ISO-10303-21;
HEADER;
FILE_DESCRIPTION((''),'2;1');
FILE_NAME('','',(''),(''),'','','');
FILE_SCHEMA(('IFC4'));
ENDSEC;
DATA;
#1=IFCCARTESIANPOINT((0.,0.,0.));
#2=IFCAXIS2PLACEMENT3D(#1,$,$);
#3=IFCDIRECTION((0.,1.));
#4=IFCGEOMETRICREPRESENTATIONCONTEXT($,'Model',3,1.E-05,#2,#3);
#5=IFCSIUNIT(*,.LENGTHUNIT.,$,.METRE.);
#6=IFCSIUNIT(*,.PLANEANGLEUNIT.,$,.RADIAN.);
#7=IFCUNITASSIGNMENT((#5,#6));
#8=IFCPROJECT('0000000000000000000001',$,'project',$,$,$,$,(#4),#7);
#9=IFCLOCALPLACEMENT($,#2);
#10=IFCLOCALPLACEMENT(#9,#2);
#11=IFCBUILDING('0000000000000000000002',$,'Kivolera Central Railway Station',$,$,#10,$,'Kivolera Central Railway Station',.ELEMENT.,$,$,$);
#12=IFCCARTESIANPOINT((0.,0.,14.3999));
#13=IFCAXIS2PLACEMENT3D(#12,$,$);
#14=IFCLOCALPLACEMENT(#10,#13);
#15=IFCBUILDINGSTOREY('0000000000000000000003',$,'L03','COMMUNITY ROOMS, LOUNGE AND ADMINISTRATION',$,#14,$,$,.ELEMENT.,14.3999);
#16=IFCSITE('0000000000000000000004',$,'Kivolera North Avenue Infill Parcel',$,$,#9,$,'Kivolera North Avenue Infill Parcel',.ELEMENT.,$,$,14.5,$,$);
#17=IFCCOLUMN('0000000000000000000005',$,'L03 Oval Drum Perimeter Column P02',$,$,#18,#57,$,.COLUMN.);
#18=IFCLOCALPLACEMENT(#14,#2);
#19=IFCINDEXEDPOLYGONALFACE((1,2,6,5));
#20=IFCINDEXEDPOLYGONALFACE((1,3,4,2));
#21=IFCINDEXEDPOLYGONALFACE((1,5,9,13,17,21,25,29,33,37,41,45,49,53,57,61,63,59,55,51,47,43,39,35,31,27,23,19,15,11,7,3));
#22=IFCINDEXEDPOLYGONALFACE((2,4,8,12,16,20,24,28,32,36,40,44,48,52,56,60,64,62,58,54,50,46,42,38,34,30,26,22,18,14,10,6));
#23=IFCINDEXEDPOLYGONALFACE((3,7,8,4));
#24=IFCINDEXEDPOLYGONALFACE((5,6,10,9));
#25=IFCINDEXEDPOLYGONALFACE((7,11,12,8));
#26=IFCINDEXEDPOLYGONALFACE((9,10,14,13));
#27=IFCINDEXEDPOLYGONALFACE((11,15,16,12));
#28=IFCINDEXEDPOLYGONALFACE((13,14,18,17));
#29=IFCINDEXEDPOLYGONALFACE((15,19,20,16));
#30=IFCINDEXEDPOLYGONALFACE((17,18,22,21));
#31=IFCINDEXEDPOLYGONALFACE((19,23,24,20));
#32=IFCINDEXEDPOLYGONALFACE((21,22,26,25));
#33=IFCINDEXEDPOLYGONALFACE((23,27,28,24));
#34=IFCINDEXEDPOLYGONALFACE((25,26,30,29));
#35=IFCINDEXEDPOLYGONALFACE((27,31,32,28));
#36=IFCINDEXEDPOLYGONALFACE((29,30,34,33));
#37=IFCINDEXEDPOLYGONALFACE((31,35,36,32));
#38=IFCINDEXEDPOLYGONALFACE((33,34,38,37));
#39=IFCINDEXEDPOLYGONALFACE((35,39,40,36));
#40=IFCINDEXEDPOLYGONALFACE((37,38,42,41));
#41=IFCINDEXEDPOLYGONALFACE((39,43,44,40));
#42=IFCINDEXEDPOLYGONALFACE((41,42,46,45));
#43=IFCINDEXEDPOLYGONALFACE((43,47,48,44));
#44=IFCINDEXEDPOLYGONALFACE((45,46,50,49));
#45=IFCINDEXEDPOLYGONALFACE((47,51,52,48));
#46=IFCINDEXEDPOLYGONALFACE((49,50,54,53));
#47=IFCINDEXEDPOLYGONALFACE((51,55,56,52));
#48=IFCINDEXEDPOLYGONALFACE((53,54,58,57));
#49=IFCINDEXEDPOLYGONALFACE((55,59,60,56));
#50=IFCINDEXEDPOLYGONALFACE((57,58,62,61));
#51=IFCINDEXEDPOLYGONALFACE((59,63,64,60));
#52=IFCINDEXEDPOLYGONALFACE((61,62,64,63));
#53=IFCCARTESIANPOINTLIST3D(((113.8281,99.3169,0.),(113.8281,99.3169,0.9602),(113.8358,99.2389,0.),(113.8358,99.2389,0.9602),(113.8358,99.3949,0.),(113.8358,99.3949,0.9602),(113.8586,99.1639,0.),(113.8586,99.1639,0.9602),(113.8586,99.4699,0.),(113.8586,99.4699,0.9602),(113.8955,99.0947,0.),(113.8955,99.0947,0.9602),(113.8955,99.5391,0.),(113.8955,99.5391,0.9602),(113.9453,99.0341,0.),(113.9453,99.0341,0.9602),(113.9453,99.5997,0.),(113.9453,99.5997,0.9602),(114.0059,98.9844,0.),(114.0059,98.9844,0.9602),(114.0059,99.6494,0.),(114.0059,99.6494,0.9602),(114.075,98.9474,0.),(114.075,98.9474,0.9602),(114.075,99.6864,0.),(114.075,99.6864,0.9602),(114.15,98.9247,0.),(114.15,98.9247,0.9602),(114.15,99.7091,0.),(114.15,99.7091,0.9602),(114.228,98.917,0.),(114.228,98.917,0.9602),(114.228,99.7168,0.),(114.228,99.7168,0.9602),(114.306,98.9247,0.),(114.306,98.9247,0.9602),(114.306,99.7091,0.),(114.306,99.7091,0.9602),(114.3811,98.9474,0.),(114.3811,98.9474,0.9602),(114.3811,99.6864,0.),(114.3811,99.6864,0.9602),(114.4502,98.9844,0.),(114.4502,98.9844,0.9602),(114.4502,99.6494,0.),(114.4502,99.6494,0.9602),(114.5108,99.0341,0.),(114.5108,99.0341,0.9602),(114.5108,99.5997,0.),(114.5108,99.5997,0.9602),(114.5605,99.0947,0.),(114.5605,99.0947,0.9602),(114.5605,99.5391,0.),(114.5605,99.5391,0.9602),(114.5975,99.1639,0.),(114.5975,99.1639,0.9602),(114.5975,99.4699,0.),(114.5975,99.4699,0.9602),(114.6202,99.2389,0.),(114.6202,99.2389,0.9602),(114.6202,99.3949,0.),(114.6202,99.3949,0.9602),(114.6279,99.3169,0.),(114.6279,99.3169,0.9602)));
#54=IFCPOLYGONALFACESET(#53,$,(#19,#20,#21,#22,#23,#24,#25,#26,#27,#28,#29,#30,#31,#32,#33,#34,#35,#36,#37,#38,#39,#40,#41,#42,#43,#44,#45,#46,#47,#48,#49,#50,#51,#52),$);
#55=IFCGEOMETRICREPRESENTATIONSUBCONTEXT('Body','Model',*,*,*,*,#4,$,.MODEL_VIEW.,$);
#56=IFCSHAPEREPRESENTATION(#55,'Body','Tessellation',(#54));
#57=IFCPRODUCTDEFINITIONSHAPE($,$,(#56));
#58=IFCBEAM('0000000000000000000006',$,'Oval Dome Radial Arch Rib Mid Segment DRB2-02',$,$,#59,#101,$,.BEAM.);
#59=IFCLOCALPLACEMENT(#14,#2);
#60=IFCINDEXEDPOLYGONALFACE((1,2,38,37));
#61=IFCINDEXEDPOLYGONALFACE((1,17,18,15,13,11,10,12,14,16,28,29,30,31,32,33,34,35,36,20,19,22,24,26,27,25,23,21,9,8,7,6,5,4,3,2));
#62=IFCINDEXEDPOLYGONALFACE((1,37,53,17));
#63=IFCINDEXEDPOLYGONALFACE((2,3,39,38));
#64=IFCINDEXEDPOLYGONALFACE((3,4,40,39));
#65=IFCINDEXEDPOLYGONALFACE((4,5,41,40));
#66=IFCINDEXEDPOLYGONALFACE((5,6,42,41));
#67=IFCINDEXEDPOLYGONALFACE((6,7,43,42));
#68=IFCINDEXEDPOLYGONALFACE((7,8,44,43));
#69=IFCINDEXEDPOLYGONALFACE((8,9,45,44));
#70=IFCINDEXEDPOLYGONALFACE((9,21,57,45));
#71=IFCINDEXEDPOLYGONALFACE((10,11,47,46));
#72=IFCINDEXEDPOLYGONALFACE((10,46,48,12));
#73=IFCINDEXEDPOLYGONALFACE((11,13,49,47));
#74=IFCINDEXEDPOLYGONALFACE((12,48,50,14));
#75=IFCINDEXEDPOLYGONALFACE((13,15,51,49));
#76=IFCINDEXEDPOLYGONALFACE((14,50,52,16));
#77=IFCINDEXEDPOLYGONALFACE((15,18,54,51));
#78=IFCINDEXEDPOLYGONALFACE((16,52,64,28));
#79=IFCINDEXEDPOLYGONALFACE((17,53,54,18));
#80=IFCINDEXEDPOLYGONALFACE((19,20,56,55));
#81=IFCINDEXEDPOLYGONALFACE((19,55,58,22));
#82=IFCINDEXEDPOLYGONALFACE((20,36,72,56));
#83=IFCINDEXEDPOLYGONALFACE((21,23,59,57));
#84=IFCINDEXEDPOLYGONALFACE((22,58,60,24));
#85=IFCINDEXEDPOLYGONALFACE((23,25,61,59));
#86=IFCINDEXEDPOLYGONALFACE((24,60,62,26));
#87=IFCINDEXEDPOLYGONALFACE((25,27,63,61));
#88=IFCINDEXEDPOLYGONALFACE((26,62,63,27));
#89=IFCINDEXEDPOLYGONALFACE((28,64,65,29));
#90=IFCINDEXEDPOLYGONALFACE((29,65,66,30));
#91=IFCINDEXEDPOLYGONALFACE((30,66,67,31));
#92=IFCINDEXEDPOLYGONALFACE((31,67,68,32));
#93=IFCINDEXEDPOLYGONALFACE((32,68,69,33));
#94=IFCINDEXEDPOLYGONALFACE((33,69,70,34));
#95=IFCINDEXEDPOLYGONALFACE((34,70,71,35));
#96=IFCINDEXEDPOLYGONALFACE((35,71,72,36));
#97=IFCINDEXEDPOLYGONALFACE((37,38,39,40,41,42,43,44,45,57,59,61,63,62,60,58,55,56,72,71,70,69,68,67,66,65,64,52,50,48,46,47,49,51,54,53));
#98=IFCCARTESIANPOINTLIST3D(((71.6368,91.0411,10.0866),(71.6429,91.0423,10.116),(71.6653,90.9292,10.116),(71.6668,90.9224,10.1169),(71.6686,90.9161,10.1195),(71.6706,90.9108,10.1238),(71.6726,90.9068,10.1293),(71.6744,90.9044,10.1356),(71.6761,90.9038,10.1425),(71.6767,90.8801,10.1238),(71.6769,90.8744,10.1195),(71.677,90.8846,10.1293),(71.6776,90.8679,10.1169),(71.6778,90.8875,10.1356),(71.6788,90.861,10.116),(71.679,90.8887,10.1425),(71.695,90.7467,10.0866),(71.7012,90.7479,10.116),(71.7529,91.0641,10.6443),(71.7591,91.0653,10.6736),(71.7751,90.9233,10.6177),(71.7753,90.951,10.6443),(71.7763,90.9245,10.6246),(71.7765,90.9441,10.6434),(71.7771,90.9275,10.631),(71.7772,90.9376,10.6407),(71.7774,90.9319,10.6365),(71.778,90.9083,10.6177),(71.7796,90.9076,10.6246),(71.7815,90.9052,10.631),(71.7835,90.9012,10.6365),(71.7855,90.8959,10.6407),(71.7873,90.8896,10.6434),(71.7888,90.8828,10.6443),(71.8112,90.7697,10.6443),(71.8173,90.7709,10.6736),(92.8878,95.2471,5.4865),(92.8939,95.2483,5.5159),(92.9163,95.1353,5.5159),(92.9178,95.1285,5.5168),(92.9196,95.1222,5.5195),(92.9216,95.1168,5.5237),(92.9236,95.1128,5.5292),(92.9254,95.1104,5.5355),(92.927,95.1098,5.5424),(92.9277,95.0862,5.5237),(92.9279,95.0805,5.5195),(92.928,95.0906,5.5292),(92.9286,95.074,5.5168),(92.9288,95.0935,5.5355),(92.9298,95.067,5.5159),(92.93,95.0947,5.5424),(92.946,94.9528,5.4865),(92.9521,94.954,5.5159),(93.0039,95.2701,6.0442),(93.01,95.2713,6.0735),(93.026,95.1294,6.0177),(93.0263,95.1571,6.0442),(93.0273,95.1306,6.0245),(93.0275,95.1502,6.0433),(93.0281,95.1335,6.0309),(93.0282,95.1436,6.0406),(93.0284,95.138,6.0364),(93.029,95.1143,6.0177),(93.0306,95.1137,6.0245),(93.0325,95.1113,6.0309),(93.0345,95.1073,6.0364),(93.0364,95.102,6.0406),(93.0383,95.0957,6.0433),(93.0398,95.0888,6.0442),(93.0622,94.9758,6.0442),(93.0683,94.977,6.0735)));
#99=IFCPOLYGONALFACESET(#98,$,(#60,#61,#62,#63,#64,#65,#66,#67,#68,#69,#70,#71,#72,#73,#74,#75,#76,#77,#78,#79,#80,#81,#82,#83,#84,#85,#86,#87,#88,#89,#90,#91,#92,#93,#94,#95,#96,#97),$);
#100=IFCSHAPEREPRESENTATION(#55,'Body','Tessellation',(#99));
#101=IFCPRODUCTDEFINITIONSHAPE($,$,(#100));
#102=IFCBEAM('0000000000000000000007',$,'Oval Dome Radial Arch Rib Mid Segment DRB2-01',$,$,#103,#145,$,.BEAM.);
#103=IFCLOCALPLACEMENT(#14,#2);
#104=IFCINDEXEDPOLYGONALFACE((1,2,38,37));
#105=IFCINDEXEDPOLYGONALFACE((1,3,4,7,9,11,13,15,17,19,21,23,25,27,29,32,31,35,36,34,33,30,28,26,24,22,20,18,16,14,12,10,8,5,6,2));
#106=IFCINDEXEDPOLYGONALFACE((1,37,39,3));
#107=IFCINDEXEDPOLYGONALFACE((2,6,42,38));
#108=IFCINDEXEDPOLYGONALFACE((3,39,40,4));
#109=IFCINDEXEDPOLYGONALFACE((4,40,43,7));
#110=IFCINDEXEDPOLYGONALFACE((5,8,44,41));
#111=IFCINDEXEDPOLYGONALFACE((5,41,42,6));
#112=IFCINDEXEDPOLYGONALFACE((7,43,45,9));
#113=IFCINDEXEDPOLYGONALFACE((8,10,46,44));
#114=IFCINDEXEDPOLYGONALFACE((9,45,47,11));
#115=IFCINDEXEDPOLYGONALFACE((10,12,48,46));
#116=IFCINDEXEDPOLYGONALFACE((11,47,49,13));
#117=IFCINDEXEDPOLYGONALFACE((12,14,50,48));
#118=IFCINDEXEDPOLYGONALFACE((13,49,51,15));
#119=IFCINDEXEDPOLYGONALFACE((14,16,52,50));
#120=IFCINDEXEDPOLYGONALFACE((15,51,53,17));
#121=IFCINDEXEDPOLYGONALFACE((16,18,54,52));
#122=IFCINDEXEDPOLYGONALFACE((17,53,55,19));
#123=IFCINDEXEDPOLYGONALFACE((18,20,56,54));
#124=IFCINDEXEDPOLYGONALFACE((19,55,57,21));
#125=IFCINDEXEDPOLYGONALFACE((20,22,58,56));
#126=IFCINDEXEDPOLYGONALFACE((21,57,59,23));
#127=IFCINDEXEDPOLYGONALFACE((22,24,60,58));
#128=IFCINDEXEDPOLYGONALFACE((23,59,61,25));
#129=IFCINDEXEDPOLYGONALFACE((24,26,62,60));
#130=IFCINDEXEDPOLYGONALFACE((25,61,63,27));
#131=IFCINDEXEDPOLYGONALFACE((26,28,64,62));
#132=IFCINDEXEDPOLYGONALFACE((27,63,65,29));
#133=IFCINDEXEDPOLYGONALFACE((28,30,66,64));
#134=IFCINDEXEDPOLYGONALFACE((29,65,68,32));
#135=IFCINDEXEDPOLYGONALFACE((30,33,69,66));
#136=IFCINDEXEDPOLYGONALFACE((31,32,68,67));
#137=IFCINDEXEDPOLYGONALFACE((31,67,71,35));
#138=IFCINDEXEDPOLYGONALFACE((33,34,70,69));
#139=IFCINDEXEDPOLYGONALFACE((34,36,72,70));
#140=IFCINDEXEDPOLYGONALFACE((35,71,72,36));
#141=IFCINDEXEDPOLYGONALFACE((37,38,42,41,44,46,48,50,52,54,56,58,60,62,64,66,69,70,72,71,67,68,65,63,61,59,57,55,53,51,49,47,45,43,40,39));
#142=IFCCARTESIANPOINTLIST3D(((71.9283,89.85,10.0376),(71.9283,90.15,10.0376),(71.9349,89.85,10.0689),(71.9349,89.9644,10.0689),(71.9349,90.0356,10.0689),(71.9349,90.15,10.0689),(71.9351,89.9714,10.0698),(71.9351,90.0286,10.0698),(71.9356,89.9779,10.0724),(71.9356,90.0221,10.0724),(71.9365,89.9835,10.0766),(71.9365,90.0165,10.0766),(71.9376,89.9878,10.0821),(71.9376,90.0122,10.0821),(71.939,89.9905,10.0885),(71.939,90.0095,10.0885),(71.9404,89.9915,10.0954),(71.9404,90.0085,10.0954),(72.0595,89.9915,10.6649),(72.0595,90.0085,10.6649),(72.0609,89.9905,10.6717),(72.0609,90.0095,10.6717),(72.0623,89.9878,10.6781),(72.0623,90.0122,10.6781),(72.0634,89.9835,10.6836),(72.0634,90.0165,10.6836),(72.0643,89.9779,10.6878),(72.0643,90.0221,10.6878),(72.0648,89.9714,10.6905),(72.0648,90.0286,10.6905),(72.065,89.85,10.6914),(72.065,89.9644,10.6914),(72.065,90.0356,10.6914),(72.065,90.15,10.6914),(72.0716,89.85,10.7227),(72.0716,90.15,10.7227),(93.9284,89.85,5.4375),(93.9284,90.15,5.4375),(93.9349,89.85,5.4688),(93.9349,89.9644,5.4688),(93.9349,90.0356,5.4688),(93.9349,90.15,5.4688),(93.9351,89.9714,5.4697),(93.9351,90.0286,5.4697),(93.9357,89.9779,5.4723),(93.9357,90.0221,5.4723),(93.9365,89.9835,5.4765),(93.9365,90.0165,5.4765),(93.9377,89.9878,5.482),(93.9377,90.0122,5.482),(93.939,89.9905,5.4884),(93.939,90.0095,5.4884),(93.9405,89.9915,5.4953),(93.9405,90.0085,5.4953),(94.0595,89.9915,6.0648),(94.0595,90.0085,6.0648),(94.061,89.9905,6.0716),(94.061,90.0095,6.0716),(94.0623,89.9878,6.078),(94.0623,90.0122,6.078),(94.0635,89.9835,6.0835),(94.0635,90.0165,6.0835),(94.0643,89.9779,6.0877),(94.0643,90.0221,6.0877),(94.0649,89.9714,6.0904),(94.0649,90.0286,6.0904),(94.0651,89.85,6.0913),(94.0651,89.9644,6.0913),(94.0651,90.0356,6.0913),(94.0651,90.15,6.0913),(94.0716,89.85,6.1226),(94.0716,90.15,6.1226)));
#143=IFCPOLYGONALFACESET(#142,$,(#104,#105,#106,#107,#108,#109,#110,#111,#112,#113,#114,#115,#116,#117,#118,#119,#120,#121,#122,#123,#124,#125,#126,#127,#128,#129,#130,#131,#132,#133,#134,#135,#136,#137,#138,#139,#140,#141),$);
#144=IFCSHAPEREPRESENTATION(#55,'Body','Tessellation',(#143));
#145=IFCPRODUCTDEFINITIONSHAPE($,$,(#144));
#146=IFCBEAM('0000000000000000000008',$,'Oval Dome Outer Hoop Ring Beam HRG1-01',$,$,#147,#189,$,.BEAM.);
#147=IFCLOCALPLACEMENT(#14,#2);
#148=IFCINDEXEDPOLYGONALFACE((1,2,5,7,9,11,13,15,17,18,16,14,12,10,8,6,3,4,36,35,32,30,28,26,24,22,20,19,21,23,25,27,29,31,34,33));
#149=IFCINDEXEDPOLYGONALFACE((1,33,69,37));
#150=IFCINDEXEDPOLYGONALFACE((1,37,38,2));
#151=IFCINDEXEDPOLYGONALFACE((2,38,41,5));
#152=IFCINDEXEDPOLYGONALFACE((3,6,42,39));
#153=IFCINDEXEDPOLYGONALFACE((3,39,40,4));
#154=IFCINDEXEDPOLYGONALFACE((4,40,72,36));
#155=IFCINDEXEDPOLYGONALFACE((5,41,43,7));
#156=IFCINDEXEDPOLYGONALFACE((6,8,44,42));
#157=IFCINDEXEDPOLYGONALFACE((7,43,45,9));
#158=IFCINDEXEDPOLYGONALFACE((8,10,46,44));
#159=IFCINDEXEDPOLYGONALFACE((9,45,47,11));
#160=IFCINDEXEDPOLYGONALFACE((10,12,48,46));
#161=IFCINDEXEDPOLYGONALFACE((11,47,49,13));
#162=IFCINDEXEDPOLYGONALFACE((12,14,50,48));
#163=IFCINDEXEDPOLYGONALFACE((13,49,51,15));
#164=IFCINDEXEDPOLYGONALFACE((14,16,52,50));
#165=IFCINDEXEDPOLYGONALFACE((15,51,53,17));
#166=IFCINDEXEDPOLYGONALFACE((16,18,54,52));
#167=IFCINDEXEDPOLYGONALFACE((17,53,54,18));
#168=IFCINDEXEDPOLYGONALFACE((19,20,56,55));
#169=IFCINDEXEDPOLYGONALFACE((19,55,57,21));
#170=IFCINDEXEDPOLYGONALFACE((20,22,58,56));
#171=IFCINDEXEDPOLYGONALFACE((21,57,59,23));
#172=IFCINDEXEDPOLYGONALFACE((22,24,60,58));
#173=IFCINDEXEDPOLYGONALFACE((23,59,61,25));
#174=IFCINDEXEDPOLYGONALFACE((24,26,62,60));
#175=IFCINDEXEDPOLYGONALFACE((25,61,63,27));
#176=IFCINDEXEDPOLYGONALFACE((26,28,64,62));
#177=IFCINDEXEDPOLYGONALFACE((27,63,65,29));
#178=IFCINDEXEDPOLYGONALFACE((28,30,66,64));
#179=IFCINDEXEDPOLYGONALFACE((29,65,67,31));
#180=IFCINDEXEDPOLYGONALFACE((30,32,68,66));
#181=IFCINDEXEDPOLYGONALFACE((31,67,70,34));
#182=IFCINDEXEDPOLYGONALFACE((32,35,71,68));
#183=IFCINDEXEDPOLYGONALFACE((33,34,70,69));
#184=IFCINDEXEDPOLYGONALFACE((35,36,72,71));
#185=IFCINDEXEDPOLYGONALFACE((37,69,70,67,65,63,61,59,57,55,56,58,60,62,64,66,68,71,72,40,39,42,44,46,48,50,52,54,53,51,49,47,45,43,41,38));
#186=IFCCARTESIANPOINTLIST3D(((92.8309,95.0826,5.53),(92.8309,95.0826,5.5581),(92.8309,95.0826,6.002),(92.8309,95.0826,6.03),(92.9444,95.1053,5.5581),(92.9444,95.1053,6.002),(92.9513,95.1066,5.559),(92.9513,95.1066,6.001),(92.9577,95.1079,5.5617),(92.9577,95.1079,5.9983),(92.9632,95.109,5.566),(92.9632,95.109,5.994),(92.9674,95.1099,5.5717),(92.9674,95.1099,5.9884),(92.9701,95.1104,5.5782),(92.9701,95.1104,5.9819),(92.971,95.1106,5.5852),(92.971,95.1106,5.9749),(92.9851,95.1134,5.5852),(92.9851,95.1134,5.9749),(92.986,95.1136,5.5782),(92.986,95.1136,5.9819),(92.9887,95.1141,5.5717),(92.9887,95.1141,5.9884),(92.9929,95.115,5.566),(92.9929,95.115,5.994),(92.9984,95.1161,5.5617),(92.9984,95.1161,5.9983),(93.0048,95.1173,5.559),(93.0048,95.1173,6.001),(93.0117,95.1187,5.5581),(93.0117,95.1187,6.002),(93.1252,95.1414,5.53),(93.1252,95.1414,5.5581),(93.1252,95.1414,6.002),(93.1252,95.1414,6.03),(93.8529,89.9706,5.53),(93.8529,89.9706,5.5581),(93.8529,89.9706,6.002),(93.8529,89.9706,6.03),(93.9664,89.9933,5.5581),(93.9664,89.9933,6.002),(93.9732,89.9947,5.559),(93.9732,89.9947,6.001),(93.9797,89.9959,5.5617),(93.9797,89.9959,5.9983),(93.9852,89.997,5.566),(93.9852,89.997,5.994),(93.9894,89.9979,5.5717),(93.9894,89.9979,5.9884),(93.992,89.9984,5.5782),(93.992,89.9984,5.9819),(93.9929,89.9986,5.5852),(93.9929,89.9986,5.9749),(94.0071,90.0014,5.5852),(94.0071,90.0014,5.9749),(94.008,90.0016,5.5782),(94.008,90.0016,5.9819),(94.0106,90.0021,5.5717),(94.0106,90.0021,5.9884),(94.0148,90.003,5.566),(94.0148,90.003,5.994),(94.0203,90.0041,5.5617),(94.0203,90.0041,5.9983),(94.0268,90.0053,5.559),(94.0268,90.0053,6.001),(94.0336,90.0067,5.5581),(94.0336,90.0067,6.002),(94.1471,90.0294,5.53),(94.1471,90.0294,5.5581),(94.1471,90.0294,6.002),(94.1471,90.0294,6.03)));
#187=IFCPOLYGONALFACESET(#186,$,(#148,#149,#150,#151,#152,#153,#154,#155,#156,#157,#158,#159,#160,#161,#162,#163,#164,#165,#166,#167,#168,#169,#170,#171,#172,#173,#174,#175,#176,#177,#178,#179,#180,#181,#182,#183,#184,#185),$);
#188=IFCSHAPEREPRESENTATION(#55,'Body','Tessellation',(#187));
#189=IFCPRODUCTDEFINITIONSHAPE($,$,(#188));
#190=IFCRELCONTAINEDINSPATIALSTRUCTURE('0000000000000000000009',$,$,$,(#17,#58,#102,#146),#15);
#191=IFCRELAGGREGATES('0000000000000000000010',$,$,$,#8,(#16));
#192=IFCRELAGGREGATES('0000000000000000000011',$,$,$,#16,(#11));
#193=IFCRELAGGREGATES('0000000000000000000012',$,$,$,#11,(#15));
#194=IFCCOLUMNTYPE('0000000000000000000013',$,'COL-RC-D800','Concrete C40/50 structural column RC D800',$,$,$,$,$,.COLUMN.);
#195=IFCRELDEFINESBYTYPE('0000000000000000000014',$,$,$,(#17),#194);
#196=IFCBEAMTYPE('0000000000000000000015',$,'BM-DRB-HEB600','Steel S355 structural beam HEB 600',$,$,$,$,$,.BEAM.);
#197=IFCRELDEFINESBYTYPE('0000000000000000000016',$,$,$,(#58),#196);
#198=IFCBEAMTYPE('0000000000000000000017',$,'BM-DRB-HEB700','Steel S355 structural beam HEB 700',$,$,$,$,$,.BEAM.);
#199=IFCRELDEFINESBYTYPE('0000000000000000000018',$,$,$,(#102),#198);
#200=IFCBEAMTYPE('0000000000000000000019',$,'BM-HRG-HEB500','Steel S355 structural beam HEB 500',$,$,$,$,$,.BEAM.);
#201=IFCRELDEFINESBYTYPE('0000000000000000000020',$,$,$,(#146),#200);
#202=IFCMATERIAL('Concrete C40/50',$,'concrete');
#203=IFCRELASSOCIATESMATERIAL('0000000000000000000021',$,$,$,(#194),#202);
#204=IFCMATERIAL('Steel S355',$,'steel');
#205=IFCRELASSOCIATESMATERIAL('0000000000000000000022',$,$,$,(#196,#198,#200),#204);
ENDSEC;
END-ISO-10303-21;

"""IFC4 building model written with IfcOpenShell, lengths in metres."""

from ifc_helpers import new_model, si_unit, direction, frame, origin, origin_2d, place, context, subcontext, project, spatial, circle, i_section, extrude, material, material_profile, profile_set, type_object, element, save


model = new_model("IFC4")

# Units and contexts
model_context = context("Model", 3, precision=1e-05, world=origin(), true_north=direction((0.0, 1.0)))
body_context = subcontext(model_context, "Body", "Model", "MODEL_VIEW")
ifc_project = project(units=[si_unit("LENGTHUNIT", "METRE"), si_unit("PLANEANGLEUNIT", "RADIAN")], contexts=[model_context])

# Site, building, storey
site_placement = place(None, origin())
site = spatial("IfcSite", under=ifc_project, at=site_placement, Name="Kivolera North Avenue Infill Parcel", LongName="Kivolera North Avenue Infill Parcel", CompositionType="ELEMENT", RefElevation=14.5)
building_placement = place(site_placement, origin())
building = spatial("IfcBuilding", under=site, at=building_placement, Name="Kivolera Central Railway Station", LongName="Kivolera Central Railway Station", CompositionType="ELEMENT")
storey_placement = place(building_placement, frame((0.0, 0.0, 14.3999)))
storey = spatial("IfcBuildingStorey", under=building, at=storey_placement, Name="L03", Description="COMMUNITY ROOMS, LOUNGE AND ADMINISTRATION", CompositionType="ELEMENT", Elevation=14.3999)

# Column
ifc_material_1 = material(Name="Concrete C40/50", Category="concrete")
ifc_material_profile_1 = material_profile(ifc_material_1, circle(Radius=0.3999, at=origin_2d()), Name="RC D800")
ifc_profile_set_1 = profile_set([ifc_material_profile_1], Name="Concrete C40/50")
column_type = type_object("IfcColumnType", Name="COL-RC-D800", Description="Concrete C40/50 structural column RC D800", PredefinedType="COLUMN", material=ifc_profile_set_1)
column_placement = place(storey_placement, frame((114.228, 99.3169, 0.0), z_axis=(0.0, 0.0, 1.0), x_axis=(1.0, 0.0, 0.0)))
element("IfcColumn", 1, at=column_placement, inside=storey, type_object=column_type, Name="L03 Oval Drum Perimeter Column P02", PredefinedType="COLUMN", context=body_context, shape_type="SweptSolid", body=[
    extrude(circle(Radius=0.3999, at=origin_2d()), origin(), (0.0, 0.0, 1.0), 0.9602),
])

# Beams
ifc_material_2 = material(Name="Steel S355", Category="steel")
ifc_material_profile_2 = material_profile(ifc_material_2, i_section(OverallWidth=0.3, OverallDepth=0.6001, WebThickness=0.0154, FlangeThickness=0.03, FilletRadius=0.0271, at=origin_2d()), Name="HEB 600")
ifc_profile_set_2 = profile_set([ifc_material_profile_2], Name="Steel S355")
beam_type_1 = type_object("IfcBeamType", Name="BM-DRB-HEB600", Description="Steel S355 structural beam HEB 600", PredefinedType="BEAM", material=ifc_profile_set_2)
beam_1_placement = place(storey_placement, frame((92.978, 95.1121, 5.78), z_axis=(-0.959575, -0.189922, 0.207715), x_axis=(0.194157, -0.980971, 0.0)))
element("IfcBeam", 2, at=beam_1_placement, inside=storey, type_object=beam_type_1, Name="Oval Dome Radial Arch Rib Mid Segment DRB2-02", PredefinedType="BEAM", context=body_context, shape_type="SweptSolid", body=[
    extrude(i_section(OverallWidth=0.3, OverallDepth=0.6001, WebThickness=0.0154, FlangeThickness=0.03, FilletRadius=0.0271, at=origin_2d()), origin(), (0.0, 0.0, 1.0), 22.1462),
])
ifc_material_profile_3 = material_profile(ifc_material_2, i_section(OverallWidth=0.3, OverallDepth=0.7, WebThickness=0.0171, FlangeThickness=0.032, FilletRadius=0.0271, at=origin_2d()), Name="HEB 700")
ifc_profile_set_3 = profile_set([ifc_material_profile_3], Name="Steel S355")
beam_type_2 = type_object("IfcBeamType", Name="BM-DRB-HEB700", Description="Steel S355 structural beam HEB 700", PredefinedType="BEAM", material=ifc_profile_set_3)
beam_2_placement = place(storey_placement, frame((94.0, 90.0, 5.78), z_axis=(-0.978831, 0.0, 0.204669), x_axis=(0.0, -1.0, 0.0)))
element("IfcBeam", 3, at=beam_2_placement, inside=storey, type_object=beam_type_2, Name="Oval Dome Radial Arch Rib Mid Segment DRB2-01", PredefinedType="BEAM", context=body_context, shape_type="SweptSolid", body=[
    extrude(i_section(OverallWidth=0.3, OverallDepth=0.7, WebThickness=0.0171, FlangeThickness=0.032, FilletRadius=0.0271, at=origin_2d()), origin(), (0.0, 0.0, 1.0), 22.4758),
])
ifc_material_profile_4 = material_profile(ifc_material_2, i_section(OverallWidth=0.3, OverallDepth=0.5, WebThickness=0.0144, FlangeThickness=0.0281, FilletRadius=0.0271, at=origin_2d()), Name="HEB 500")
ifc_profile_set_4 = profile_set([ifc_material_profile_4], Name="Steel S355")
beam_type_3 = type_object("IfcBeamType", Name="BM-HRG-HEB500", Description="Steel S355 structural beam HEB 500", PredefinedType="BEAM", material=ifc_profile_set_4)
beam_3_placement = place(storey_placement, frame((94.0, 90.0, 5.78), z_axis=(-0.196035, 0.980597, 0.0), x_axis=(-0.980597, -0.196035, 0.0)))
element("IfcBeam", 4, at=beam_3_placement, inside=storey, type_object=beam_type_3, Name="Oval Dome Outer Hoop Ring Beam HRG1-01", PredefinedType="BEAM", context=body_context, shape_type="SweptSolid", body=[
    extrude(i_section(OverallWidth=0.3, OverallDepth=0.5, WebThickness=0.0144, FlangeThickness=0.0281, FilletRadius=0.0271, at=origin_2d()), origin(), (0.0, 0.0, 1.0), 5.2131),
])

save(model, "model.ifc")
